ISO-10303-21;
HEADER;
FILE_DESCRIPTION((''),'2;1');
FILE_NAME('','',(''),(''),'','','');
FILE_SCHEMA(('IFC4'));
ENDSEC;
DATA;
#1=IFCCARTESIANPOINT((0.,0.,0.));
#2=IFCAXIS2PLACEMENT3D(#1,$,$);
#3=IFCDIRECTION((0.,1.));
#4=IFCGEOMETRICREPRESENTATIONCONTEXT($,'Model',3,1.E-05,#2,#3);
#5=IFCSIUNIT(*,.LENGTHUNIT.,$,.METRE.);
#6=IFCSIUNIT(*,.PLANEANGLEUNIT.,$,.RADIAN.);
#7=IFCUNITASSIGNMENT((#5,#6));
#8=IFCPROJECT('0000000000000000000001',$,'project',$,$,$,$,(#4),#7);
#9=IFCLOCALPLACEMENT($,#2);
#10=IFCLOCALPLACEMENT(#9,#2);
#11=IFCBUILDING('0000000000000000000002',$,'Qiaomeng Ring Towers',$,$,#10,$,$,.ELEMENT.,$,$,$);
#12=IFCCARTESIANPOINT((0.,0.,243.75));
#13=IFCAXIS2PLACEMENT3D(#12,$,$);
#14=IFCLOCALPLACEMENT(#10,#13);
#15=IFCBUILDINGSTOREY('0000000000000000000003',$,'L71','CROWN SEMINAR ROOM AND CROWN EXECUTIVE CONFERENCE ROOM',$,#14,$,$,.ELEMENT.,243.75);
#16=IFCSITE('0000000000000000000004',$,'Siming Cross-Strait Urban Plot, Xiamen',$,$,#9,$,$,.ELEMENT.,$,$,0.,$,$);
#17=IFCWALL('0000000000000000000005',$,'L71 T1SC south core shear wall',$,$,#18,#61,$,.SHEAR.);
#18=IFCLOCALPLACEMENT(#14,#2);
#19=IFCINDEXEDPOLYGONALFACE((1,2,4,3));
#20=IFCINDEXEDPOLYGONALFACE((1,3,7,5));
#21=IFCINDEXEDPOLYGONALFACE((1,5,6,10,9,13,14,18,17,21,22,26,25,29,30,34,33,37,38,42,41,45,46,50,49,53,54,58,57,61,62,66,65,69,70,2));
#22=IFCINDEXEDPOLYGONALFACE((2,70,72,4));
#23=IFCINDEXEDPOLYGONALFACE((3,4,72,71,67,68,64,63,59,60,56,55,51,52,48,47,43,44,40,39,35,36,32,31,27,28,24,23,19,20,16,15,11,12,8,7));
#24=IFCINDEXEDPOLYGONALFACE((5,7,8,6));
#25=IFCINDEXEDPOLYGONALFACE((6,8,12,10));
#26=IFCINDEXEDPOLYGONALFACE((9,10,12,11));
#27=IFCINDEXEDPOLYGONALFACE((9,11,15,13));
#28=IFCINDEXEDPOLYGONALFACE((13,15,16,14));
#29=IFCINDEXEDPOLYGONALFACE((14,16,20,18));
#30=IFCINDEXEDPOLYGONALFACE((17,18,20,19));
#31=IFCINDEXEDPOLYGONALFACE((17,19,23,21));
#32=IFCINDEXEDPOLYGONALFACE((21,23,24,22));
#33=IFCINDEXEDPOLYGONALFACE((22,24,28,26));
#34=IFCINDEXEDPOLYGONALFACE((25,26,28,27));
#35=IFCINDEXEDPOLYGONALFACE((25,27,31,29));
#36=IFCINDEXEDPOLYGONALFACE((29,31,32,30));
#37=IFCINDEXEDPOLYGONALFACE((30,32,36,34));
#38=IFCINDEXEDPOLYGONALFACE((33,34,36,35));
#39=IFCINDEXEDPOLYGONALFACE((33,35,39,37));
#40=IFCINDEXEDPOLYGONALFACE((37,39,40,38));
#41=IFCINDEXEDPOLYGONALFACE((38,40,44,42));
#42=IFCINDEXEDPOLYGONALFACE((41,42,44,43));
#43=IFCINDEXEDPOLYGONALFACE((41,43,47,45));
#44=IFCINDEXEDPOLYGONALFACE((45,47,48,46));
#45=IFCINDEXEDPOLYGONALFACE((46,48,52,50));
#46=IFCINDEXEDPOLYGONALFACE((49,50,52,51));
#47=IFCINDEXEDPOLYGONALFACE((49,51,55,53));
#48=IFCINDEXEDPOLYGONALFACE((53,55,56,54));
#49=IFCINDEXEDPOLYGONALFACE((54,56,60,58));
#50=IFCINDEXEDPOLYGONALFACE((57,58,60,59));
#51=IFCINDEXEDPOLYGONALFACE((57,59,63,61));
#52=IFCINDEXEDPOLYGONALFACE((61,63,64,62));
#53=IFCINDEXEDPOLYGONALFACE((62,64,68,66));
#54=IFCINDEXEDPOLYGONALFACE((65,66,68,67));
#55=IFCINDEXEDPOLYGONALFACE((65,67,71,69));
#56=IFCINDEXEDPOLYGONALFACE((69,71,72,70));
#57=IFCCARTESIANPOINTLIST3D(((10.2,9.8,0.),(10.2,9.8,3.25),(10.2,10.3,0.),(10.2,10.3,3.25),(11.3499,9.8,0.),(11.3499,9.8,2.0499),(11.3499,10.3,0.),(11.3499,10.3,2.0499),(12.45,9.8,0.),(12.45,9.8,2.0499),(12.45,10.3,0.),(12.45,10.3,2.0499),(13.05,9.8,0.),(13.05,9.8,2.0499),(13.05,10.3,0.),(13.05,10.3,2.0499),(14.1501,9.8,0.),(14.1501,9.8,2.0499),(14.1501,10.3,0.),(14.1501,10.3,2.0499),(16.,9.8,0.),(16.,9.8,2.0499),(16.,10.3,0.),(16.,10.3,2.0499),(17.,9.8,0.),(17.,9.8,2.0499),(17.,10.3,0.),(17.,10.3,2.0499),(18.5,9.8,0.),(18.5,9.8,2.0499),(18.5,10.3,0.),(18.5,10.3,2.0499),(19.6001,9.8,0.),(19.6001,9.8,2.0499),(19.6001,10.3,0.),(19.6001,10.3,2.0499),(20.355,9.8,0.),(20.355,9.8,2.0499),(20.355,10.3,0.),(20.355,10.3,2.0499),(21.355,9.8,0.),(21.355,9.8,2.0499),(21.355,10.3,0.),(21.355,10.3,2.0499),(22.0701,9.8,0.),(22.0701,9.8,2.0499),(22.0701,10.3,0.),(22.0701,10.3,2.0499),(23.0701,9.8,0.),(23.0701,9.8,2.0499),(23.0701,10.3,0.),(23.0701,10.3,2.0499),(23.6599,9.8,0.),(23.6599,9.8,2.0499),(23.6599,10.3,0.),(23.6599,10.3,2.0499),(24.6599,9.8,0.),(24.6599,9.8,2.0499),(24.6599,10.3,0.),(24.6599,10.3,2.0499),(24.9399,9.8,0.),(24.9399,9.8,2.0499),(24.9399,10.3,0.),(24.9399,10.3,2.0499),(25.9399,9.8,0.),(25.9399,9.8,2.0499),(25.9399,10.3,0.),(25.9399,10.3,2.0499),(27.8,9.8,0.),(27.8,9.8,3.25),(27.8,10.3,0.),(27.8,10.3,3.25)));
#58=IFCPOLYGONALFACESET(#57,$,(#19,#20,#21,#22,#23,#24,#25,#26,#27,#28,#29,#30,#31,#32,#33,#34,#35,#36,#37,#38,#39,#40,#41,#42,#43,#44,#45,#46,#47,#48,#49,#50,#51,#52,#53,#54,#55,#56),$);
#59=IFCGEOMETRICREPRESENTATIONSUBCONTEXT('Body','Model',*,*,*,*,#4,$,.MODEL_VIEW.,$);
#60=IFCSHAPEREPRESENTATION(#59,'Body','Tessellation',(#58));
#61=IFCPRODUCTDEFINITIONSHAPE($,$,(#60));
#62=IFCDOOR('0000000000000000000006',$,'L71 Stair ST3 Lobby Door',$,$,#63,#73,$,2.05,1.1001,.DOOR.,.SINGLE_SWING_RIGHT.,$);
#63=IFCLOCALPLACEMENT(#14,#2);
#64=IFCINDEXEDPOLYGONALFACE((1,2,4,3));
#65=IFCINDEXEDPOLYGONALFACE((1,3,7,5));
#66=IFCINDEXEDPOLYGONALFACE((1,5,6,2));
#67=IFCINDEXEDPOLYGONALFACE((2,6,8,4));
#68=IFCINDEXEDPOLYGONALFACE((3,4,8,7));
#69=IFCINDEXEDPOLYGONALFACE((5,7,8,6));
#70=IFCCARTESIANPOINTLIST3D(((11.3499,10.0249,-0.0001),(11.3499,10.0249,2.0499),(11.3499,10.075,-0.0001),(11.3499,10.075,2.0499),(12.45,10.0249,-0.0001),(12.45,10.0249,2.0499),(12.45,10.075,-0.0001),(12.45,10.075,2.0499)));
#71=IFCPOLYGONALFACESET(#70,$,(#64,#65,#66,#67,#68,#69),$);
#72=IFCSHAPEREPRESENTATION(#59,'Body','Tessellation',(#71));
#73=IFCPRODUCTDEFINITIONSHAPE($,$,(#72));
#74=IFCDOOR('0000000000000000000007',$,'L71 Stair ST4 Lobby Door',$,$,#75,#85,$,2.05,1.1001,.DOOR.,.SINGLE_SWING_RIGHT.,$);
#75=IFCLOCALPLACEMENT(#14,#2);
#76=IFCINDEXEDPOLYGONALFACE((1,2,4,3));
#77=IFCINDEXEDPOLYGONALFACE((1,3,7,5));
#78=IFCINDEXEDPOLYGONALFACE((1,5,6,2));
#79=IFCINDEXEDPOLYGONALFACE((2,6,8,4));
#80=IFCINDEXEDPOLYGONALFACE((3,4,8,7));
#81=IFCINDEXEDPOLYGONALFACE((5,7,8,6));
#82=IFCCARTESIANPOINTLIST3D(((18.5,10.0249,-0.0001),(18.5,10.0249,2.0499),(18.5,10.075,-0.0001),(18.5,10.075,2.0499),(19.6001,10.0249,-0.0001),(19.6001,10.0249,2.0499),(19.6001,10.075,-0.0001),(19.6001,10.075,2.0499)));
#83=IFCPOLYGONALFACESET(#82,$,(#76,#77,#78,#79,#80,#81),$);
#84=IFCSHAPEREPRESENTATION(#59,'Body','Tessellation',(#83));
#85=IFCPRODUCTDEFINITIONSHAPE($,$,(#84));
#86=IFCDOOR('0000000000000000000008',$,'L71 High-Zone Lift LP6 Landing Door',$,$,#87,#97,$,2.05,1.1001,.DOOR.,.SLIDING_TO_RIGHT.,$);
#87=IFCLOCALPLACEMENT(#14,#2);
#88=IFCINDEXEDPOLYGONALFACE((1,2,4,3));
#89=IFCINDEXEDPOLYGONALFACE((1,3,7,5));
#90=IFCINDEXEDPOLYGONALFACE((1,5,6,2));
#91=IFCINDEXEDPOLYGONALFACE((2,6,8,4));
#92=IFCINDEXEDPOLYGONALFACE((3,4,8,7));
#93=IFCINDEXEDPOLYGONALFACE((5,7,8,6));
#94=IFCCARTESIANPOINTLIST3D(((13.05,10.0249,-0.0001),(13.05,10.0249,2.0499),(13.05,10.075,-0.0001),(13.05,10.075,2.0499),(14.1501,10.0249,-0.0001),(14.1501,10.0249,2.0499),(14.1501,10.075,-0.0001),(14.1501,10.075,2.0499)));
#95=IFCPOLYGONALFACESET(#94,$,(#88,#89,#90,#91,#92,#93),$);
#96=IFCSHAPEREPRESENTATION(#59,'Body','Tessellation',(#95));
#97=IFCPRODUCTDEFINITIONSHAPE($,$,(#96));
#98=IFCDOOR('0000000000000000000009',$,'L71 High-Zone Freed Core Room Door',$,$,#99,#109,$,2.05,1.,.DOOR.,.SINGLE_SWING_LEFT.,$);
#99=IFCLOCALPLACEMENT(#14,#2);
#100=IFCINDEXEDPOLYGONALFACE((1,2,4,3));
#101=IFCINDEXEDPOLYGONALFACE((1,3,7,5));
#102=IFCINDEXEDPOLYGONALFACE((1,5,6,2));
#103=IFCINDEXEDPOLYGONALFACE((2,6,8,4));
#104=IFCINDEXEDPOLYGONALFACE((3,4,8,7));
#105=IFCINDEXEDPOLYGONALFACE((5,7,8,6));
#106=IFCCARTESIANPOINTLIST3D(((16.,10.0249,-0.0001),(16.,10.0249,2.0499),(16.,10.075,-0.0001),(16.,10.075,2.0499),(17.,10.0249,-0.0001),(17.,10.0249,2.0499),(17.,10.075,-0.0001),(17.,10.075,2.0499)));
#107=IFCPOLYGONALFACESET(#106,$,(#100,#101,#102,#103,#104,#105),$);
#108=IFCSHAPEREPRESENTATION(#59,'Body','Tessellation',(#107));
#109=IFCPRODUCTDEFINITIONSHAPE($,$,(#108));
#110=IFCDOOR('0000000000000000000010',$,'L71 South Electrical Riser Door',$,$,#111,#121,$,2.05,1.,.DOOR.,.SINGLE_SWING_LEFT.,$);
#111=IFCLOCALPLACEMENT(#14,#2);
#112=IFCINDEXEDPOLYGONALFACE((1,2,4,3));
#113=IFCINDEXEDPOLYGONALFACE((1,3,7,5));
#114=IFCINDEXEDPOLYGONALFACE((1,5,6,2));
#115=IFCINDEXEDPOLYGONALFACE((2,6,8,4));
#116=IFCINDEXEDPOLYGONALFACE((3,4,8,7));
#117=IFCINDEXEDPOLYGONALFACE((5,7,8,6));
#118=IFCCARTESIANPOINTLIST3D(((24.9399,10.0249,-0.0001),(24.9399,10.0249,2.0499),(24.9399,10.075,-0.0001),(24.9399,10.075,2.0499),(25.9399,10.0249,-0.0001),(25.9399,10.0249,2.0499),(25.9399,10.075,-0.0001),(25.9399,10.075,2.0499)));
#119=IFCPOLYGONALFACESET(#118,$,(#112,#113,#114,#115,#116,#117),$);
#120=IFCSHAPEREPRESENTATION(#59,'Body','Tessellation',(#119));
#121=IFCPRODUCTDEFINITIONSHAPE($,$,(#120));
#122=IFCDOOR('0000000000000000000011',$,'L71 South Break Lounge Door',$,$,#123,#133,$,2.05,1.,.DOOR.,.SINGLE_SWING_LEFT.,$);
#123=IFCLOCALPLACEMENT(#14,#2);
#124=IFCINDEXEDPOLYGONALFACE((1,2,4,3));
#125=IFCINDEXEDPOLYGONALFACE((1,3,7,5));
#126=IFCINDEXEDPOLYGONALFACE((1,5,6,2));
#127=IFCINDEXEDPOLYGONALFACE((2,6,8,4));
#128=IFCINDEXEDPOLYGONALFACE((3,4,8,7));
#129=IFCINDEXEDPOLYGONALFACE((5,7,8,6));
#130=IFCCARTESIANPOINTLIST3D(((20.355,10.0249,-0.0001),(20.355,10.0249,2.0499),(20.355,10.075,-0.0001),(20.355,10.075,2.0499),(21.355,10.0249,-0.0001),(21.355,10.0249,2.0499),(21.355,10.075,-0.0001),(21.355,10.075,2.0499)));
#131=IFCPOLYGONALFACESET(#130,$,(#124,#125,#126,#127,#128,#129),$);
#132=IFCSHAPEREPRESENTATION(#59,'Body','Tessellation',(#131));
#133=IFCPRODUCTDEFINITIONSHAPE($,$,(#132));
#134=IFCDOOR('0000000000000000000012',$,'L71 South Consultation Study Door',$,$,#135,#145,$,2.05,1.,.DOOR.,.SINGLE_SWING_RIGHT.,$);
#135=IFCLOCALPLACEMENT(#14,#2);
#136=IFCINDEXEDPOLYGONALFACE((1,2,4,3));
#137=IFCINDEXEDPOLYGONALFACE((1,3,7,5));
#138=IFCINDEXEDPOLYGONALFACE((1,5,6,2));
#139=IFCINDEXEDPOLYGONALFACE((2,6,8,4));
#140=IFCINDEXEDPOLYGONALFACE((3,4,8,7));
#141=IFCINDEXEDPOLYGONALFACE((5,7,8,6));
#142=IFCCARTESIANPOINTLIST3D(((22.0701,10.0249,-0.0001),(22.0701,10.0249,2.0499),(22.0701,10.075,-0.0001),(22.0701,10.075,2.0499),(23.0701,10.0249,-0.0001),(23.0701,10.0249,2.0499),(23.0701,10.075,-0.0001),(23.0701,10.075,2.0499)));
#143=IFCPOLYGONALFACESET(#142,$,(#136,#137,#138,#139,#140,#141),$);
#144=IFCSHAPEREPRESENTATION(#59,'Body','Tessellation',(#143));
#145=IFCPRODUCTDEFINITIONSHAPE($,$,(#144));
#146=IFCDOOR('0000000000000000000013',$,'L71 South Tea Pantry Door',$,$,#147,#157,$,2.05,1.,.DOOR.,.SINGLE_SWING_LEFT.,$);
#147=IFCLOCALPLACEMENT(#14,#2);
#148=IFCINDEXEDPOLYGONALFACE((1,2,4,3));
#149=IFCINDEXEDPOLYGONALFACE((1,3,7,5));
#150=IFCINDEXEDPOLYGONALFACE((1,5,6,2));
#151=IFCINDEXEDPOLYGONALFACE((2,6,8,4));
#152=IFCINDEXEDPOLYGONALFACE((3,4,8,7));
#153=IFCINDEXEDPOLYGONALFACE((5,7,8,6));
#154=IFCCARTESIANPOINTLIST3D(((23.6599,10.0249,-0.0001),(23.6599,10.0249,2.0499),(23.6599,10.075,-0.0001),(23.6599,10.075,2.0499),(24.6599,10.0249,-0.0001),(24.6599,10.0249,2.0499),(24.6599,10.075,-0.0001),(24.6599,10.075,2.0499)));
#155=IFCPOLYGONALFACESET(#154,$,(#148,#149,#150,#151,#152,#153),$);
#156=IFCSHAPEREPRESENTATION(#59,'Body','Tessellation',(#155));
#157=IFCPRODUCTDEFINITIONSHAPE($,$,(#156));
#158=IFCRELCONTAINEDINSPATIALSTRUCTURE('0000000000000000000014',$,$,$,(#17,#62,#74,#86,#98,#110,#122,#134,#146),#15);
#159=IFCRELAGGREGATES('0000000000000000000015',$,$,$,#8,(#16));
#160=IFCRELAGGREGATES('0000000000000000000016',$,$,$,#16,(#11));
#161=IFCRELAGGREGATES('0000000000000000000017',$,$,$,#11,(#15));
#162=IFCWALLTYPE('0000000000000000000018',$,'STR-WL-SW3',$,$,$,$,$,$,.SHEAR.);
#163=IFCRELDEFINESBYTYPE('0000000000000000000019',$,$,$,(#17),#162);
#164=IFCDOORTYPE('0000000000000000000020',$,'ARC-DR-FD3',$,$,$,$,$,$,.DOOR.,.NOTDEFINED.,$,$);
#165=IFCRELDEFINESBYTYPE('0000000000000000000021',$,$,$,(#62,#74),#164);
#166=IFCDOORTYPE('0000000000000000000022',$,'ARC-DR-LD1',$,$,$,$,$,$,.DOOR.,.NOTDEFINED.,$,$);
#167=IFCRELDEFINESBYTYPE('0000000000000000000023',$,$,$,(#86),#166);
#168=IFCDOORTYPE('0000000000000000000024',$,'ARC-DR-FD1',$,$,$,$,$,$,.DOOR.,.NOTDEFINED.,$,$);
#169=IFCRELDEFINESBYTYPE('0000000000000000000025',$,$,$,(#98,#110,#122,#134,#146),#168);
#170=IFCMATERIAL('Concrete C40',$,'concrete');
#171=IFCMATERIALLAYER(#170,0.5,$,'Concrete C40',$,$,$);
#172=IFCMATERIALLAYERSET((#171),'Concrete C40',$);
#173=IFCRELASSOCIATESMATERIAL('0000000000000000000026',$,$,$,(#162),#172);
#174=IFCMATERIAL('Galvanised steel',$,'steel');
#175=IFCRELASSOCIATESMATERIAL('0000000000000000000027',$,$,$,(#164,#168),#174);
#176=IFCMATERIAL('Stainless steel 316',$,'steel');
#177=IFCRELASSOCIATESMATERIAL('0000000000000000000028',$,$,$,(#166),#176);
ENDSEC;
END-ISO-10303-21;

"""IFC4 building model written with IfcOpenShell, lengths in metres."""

from ifc_helpers import new_model, si_unit, direction, frame, frame_2d, origin, place, context, subcontext, project, spatial, rectangle, extrude, source, transform, mapped, material, layer, layer_set, type_object, element, fill, save


model = new_model("IFC4")

# Units and contexts
model_context = context("Model", 3, precision=1e-05, world=origin(), true_north=direction((0.0, 1.0)))
body_context = subcontext(model_context, "Body", "Model", "MODEL_VIEW")
ifc_project = project(units=[si_unit("LENGTHUNIT", "METRE"), si_unit("PLANEANGLEUNIT", "RADIAN")], contexts=[model_context])

# Site, building, storey
site_placement = place(None, origin())
site = spatial("IfcSite", under=ifc_project, at=site_placement, Name="Siming Cross-Strait Urban Plot, Xiamen", CompositionType="ELEMENT", RefElevation=0.0)
building_placement = place(site_placement, origin())
building = spatial("IfcBuilding", under=site, at=building_placement, Name="Qiaomeng Ring Towers", CompositionType="ELEMENT")
storey_placement = place(building_placement, frame((0.0, 0.0, 243.75)))
storey = spatial("IfcBuildingStorey", under=building, at=storey_placement, Name="L71", Description="CROWN SEMINAR ROOM AND CROWN EXECUTIVE CONFERENCE ROOM", CompositionType="ELEMENT", Elevation=243.75)

# Shared definitions
ifc_material_1 = material(Name="Concrete C40", Category="concrete")

# Wall, openings, doors
ifc_layer_1 = layer(ifc_material_1, 0.5, Name="Concrete C40")
ifc_layer_set_1 = layer_set([ifc_layer_1], Name="Concrete C40")
wall_type_1 = type_object("IfcWallType", Name="STR-WL-SW3", PredefinedType="SHEAR", material=ifc_layer_set_1)
wall_1_placement = place(storey_placement, frame((10.2, 10.05, 0.0), z_axis=(0.0, 0.0, 1.0), x_axis=(1.0, 0.0, 0.0)))
wall_1 = element("IfcWall", 1, at=wall_1_placement, inside=storey, type_object=wall_type_1, Name="L71 T1SC south core shear wall", PredefinedType="SHEAR", context=body_context, shape_type="SweptSolid", body=[
    extrude(rectangle(XDim=17.6001, YDim=0.5, at=frame_2d((8.8, 0.0))), origin(), (0.0, 0.0, 1.0), 3.25),
])
opening_1_placement = place(wall_1_placement, frame((1.1499, 0.0, 0.0)))
opening_1 = element("IfcOpeningElement", 2, at=opening_1_placement, cuts=wall_1, PredefinedType="OPENING", context=body_context, shape_type="SweptSolid", body=[
    extrude(rectangle(XDim=1.1001, YDim=2.05, at=frame_2d((0.55, 1.0249))), frame((0.0, 0.26, 0.0), z_axis=(0.0, -1.0, 0.0), x_axis=(1.0, 0.0, 0.0)), (0.0, 0.0, 1.0), 0.52),
])
opening_2_placement = place(wall_1_placement, frame((8.3, 0.0, 0.0)))
opening_2 = element("IfcOpeningElement", 3, at=opening_2_placement, cuts=wall_1, PredefinedType="OPENING", context=body_context, shape_type="SweptSolid", body=[
    extrude(rectangle(XDim=1.1001, YDim=2.05, at=frame_2d((0.55, 1.0249))), frame((0.0, 0.26, 0.0), z_axis=(0.0, -1.0, 0.0), x_axis=(1.0, 0.0, 0.0)), (0.0, 0.0, 1.0), 0.52),
])
opening_3_placement = place(wall_1_placement, frame((2.8501, 0.0, 0.0)))
opening_3 = element("IfcOpeningElement", 4, at=opening_3_placement, cuts=wall_1, PredefinedType="OPENING", context=body_context, shape_type="SweptSolid", body=[
    extrude(rectangle(XDim=1.1001, YDim=2.05, at=frame_2d((0.55, 1.0249))), frame((0.0, 0.26, 0.0), z_axis=(0.0, -1.0, 0.0), x_axis=(1.0, 0.0, 0.0)), (0.0, 0.0, 1.0), 0.52),
])
opening_4_placement = place(wall_1_placement, frame((5.8, 0.0, 0.0)))
opening_4 = element("IfcOpeningElement", 5, at=opening_4_placement, cuts=wall_1, PredefinedType="OPENING", context=body_context, shape_type="SweptSolid", body=[
    extrude(rectangle(XDim=1.0, YDim=2.05, at=frame_2d((0.5, 1.0249))), frame((0.0, 0.26, 0.0), z_axis=(0.0, -1.0, 0.0), x_axis=(1.0, 0.0, 0.0)), (0.0, 0.0, 1.0), 0.52),
])
opening_5_placement = place(wall_1_placement, frame((14.74, 0.0, 0.0)))
opening_5 = element("IfcOpeningElement", 6, at=opening_5_placement, cuts=wall_1, PredefinedType="OPENING", context=body_context, shape_type="SweptSolid", body=[
    extrude(rectangle(XDim=1.0, YDim=2.05, at=frame_2d((0.5, 1.0249))), frame((0.0, 0.26, 0.0), z_axis=(0.0, -1.0, 0.0), x_axis=(1.0, 0.0, 0.0)), (0.0, 0.0, 1.0), 0.52),
])
opening_6_placement = place(wall_1_placement, frame((10.155, 0.0, 0.0)))
opening_6 = element("IfcOpeningElement", 7, at=opening_6_placement, cuts=wall_1, PredefinedType="OPENING", context=body_context, shape_type="SweptSolid", body=[
    extrude(rectangle(XDim=1.0, YDim=2.05, at=frame_2d((0.5, 1.0249))), frame((0.0, 0.26, 0.0), z_axis=(0.0, -1.0, 0.0), x_axis=(1.0, 0.0, 0.0)), (0.0, 0.0, 1.0), 0.52),
])
opening_7_placement = place(wall_1_placement, frame((11.8701, 0.0, 0.0)))
opening_7 = element("IfcOpeningElement", 8, at=opening_7_placement, cuts=wall_1, PredefinedType="OPENING", context=body_context, shape_type="SweptSolid", body=[
    extrude(rectangle(XDim=1.0, YDim=2.05, at=frame_2d((0.5, 1.0249))), frame((0.0, 0.26, 0.0), z_axis=(0.0, -1.0, 0.0), x_axis=(1.0, 0.0, 0.0)), (0.0, 0.0, 1.0), 0.52),
])
opening_8_placement = place(wall_1_placement, frame((13.46, 0.0, 0.0)))
opening_8 = element("IfcOpeningElement", 9, at=opening_8_placement, cuts=wall_1, PredefinedType="OPENING", context=body_context, shape_type="SweptSolid", body=[
    extrude(rectangle(XDim=1.0, YDim=2.05, at=frame_2d((0.5, 1.0249))), frame((0.0, 0.26, 0.0), z_axis=(0.0, -1.0, 0.0), x_axis=(1.0, 0.0, 0.0)), (0.0, 0.0, 1.0), 0.52),
])
ifc_material_2 = material(Name="Galvanised steel", Category="steel")
door_type_1 = type_object("IfcDoorType", Name="ARC-DR-FD3", OperationType="NOTDEFINED", PredefinedType="DOOR", material=ifc_material_2)
shared_shape_1 = source(origin(), body_context, "Body", "SweptSolid", [
    extrude(rectangle(XDim=1.1001, YDim=2.05, at=frame_2d((0.55, 1.0249))), frame((0.0, 0.0249, 0.0), z_axis=(0.0, -1.0, 0.0), x_axis=(1.0, 0.0, 0.0)), (0.0, 0.0, 1.0), 0.05),
])
door_1_placement = place(opening_1_placement, origin())
door_1 = element("IfcDoor", 10, at=door_1_placement, inside=storey, type_object=door_type_1, Name="L71 Stair ST3 Lobby Door", OperationType="SINGLE_SWING_RIGHT", OverallHeight=2.05, OverallWidth=1.1001, PredefinedType="DOOR", context=body_context, shape_type="MappedRepresentation", body=[
    mapped(shared_shape_1, transform((0.0, 0.0, 0.0), x_axis=(1.0, 0.0, 0.0), y_axis=(0.0, 1.0, 0.0), z_axis=(0.0, 0.0, 1.0), scale=1.0)),
])
fill(opening_1, door_1)
door_2_placement = place(opening_2_placement, origin())
door_2 = element("IfcDoor", 11, at=door_2_placement, inside=storey, type_object=door_type_1, Name="L71 Stair ST4 Lobby Door", OperationType="SINGLE_SWING_RIGHT", OverallHeight=2.05, OverallWidth=1.1001, PredefinedType="DOOR", context=body_context, shape_type="MappedRepresentation", body=[
    mapped(shared_shape_1, transform((0.0, 0.0, 0.0), x_axis=(1.0, 0.0, 0.0), y_axis=(0.0, 1.0, 0.0), z_axis=(0.0, 0.0, 1.0), scale=1.0)),
])
fill(opening_2, door_2)
ifc_material_3 = material(Name="Stainless steel 316", Category="steel")
door_type_2 = type_object("IfcDoorType", Name="ARC-DR-LD1", OperationType="NOTDEFINED", PredefinedType="DOOR", material=ifc_material_3)
door_3_placement = place(opening_3_placement, origin())
door_3 = element("IfcDoor", 12, at=door_3_placement, inside=storey, type_object=door_type_2, Name="L71 High-Zone Lift LP6 Landing Door", OperationType="SLIDING_TO_RIGHT", OverallHeight=2.05, OverallWidth=1.1001, PredefinedType="DOOR", context=body_context, shape_type="MappedRepresentation", body=[
    mapped(shared_shape_1, transform((0.0, 0.0, 0.0), x_axis=(1.0, 0.0, 0.0), y_axis=(0.0, 1.0, 0.0), z_axis=(0.0, 0.0, 1.0), scale=1.0)),
])
fill(opening_3, door_3)
door_type_3 = type_object("IfcDoorType", Name="ARC-DR-FD1", OperationType="NOTDEFINED", PredefinedType="DOOR", material=ifc_material_2)
shared_shape_2 = source(origin(), body_context, "Body", "SweptSolid", [
    extrude(rectangle(XDim=1.0, YDim=2.05, at=frame_2d((0.5, 1.0249))), frame((0.0, 0.0249, 0.0), z_axis=(0.0, -1.0, 0.0), x_axis=(1.0, 0.0, 0.0)), (0.0, 0.0, 1.0), 0.05),
])
door_4_placement = place(opening_4_placement, origin())
door_4 = element("IfcDoor", 13, at=door_4_placement, inside=storey, type_object=door_type_3, Name="L71 High-Zone Freed Core Room Door", OperationType="SINGLE_SWING_LEFT", OverallHeight=2.05, OverallWidth=1.0, PredefinedType="DOOR", context=body_context, shape_type="MappedRepresentation", body=[
    mapped(shared_shape_2, transform((0.0, 0.0, 0.0), x_axis=(1.0, 0.0, 0.0), y_axis=(0.0, 1.0, 0.0), z_axis=(0.0, 0.0, 1.0), scale=1.0)),
])
fill(opening_4, door_4)
door_5_placement = place(opening_5_placement, origin())
door_5 = element("IfcDoor", 14, at=door_5_placement, inside=storey, type_object=door_type_3, Name="L71 South Electrical Riser Door", OperationType="SINGLE_SWING_LEFT", OverallHeight=2.05, OverallWidth=1.0, PredefinedType="DOOR", context=body_context, shape_type="MappedRepresentation", body=[
    mapped(shared_shape_2, transform((0.0, 0.0, 0.0), x_axis=(1.0, 0.0, 0.0), y_axis=(0.0, 1.0, 0.0), z_axis=(0.0, 0.0, 1.0), scale=1.0)),
])
fill(opening_5, door_5)
door_6_placement = place(opening_6_placement, origin())
door_6 = element("IfcDoor", 15, at=door_6_placement, inside=storey, type_object=door_type_3, Name="L71 South Break Lounge Door", OperationType="SINGLE_SWING_LEFT", OverallHeight=2.05, OverallWidth=1.0, PredefinedType="DOOR", context=body_context, shape_type="MappedRepresentation", body=[
    mapped(shared_shape_2, transform((0.0, 0.0, 0.0), x_axis=(1.0, 0.0, 0.0), y_axis=(0.0, 1.0, 0.0), z_axis=(0.0, 0.0, 1.0), scale=1.0)),
])
fill(opening_6, door_6)
door_7_placement = place(opening_7_placement, origin())
door_7 = element("IfcDoor", 16, at=door_7_placement, inside=storey, type_object=door_type_3, Name="L71 South Consultation Study Door", OperationType="SINGLE_SWING_RIGHT", OverallHeight=2.05, OverallWidth=1.0, PredefinedType="DOOR", context=body_context, shape_type="MappedRepresentation", body=[
    mapped(shared_shape_2, transform((0.0, 0.0, 0.0), x_axis=(1.0, 0.0, 0.0), y_axis=(0.0, 1.0, 0.0), z_axis=(0.0, 0.0, 1.0), scale=1.0)),
])
fill(opening_7, door_7)
door_8_placement = place(opening_8_placement, origin())
door_8 = element("IfcDoor", 17, at=door_8_placement, inside=storey, type_object=door_type_3, Name="L71 South Tea Pantry Door", OperationType="SINGLE_SWING_LEFT", OverallHeight=2.05, OverallWidth=1.0, PredefinedType="DOOR", context=body_context, shape_type="MappedRepresentation", body=[
    mapped(shared_shape_2, transform((0.0, 0.0, 0.0), x_axis=(1.0, 0.0, 0.0), y_axis=(0.0, 1.0, 0.0), z_axis=(0.0, 0.0, 1.0), scale=1.0)),
])
fill(opening_8, door_8)

save(model, "model.ifc")
